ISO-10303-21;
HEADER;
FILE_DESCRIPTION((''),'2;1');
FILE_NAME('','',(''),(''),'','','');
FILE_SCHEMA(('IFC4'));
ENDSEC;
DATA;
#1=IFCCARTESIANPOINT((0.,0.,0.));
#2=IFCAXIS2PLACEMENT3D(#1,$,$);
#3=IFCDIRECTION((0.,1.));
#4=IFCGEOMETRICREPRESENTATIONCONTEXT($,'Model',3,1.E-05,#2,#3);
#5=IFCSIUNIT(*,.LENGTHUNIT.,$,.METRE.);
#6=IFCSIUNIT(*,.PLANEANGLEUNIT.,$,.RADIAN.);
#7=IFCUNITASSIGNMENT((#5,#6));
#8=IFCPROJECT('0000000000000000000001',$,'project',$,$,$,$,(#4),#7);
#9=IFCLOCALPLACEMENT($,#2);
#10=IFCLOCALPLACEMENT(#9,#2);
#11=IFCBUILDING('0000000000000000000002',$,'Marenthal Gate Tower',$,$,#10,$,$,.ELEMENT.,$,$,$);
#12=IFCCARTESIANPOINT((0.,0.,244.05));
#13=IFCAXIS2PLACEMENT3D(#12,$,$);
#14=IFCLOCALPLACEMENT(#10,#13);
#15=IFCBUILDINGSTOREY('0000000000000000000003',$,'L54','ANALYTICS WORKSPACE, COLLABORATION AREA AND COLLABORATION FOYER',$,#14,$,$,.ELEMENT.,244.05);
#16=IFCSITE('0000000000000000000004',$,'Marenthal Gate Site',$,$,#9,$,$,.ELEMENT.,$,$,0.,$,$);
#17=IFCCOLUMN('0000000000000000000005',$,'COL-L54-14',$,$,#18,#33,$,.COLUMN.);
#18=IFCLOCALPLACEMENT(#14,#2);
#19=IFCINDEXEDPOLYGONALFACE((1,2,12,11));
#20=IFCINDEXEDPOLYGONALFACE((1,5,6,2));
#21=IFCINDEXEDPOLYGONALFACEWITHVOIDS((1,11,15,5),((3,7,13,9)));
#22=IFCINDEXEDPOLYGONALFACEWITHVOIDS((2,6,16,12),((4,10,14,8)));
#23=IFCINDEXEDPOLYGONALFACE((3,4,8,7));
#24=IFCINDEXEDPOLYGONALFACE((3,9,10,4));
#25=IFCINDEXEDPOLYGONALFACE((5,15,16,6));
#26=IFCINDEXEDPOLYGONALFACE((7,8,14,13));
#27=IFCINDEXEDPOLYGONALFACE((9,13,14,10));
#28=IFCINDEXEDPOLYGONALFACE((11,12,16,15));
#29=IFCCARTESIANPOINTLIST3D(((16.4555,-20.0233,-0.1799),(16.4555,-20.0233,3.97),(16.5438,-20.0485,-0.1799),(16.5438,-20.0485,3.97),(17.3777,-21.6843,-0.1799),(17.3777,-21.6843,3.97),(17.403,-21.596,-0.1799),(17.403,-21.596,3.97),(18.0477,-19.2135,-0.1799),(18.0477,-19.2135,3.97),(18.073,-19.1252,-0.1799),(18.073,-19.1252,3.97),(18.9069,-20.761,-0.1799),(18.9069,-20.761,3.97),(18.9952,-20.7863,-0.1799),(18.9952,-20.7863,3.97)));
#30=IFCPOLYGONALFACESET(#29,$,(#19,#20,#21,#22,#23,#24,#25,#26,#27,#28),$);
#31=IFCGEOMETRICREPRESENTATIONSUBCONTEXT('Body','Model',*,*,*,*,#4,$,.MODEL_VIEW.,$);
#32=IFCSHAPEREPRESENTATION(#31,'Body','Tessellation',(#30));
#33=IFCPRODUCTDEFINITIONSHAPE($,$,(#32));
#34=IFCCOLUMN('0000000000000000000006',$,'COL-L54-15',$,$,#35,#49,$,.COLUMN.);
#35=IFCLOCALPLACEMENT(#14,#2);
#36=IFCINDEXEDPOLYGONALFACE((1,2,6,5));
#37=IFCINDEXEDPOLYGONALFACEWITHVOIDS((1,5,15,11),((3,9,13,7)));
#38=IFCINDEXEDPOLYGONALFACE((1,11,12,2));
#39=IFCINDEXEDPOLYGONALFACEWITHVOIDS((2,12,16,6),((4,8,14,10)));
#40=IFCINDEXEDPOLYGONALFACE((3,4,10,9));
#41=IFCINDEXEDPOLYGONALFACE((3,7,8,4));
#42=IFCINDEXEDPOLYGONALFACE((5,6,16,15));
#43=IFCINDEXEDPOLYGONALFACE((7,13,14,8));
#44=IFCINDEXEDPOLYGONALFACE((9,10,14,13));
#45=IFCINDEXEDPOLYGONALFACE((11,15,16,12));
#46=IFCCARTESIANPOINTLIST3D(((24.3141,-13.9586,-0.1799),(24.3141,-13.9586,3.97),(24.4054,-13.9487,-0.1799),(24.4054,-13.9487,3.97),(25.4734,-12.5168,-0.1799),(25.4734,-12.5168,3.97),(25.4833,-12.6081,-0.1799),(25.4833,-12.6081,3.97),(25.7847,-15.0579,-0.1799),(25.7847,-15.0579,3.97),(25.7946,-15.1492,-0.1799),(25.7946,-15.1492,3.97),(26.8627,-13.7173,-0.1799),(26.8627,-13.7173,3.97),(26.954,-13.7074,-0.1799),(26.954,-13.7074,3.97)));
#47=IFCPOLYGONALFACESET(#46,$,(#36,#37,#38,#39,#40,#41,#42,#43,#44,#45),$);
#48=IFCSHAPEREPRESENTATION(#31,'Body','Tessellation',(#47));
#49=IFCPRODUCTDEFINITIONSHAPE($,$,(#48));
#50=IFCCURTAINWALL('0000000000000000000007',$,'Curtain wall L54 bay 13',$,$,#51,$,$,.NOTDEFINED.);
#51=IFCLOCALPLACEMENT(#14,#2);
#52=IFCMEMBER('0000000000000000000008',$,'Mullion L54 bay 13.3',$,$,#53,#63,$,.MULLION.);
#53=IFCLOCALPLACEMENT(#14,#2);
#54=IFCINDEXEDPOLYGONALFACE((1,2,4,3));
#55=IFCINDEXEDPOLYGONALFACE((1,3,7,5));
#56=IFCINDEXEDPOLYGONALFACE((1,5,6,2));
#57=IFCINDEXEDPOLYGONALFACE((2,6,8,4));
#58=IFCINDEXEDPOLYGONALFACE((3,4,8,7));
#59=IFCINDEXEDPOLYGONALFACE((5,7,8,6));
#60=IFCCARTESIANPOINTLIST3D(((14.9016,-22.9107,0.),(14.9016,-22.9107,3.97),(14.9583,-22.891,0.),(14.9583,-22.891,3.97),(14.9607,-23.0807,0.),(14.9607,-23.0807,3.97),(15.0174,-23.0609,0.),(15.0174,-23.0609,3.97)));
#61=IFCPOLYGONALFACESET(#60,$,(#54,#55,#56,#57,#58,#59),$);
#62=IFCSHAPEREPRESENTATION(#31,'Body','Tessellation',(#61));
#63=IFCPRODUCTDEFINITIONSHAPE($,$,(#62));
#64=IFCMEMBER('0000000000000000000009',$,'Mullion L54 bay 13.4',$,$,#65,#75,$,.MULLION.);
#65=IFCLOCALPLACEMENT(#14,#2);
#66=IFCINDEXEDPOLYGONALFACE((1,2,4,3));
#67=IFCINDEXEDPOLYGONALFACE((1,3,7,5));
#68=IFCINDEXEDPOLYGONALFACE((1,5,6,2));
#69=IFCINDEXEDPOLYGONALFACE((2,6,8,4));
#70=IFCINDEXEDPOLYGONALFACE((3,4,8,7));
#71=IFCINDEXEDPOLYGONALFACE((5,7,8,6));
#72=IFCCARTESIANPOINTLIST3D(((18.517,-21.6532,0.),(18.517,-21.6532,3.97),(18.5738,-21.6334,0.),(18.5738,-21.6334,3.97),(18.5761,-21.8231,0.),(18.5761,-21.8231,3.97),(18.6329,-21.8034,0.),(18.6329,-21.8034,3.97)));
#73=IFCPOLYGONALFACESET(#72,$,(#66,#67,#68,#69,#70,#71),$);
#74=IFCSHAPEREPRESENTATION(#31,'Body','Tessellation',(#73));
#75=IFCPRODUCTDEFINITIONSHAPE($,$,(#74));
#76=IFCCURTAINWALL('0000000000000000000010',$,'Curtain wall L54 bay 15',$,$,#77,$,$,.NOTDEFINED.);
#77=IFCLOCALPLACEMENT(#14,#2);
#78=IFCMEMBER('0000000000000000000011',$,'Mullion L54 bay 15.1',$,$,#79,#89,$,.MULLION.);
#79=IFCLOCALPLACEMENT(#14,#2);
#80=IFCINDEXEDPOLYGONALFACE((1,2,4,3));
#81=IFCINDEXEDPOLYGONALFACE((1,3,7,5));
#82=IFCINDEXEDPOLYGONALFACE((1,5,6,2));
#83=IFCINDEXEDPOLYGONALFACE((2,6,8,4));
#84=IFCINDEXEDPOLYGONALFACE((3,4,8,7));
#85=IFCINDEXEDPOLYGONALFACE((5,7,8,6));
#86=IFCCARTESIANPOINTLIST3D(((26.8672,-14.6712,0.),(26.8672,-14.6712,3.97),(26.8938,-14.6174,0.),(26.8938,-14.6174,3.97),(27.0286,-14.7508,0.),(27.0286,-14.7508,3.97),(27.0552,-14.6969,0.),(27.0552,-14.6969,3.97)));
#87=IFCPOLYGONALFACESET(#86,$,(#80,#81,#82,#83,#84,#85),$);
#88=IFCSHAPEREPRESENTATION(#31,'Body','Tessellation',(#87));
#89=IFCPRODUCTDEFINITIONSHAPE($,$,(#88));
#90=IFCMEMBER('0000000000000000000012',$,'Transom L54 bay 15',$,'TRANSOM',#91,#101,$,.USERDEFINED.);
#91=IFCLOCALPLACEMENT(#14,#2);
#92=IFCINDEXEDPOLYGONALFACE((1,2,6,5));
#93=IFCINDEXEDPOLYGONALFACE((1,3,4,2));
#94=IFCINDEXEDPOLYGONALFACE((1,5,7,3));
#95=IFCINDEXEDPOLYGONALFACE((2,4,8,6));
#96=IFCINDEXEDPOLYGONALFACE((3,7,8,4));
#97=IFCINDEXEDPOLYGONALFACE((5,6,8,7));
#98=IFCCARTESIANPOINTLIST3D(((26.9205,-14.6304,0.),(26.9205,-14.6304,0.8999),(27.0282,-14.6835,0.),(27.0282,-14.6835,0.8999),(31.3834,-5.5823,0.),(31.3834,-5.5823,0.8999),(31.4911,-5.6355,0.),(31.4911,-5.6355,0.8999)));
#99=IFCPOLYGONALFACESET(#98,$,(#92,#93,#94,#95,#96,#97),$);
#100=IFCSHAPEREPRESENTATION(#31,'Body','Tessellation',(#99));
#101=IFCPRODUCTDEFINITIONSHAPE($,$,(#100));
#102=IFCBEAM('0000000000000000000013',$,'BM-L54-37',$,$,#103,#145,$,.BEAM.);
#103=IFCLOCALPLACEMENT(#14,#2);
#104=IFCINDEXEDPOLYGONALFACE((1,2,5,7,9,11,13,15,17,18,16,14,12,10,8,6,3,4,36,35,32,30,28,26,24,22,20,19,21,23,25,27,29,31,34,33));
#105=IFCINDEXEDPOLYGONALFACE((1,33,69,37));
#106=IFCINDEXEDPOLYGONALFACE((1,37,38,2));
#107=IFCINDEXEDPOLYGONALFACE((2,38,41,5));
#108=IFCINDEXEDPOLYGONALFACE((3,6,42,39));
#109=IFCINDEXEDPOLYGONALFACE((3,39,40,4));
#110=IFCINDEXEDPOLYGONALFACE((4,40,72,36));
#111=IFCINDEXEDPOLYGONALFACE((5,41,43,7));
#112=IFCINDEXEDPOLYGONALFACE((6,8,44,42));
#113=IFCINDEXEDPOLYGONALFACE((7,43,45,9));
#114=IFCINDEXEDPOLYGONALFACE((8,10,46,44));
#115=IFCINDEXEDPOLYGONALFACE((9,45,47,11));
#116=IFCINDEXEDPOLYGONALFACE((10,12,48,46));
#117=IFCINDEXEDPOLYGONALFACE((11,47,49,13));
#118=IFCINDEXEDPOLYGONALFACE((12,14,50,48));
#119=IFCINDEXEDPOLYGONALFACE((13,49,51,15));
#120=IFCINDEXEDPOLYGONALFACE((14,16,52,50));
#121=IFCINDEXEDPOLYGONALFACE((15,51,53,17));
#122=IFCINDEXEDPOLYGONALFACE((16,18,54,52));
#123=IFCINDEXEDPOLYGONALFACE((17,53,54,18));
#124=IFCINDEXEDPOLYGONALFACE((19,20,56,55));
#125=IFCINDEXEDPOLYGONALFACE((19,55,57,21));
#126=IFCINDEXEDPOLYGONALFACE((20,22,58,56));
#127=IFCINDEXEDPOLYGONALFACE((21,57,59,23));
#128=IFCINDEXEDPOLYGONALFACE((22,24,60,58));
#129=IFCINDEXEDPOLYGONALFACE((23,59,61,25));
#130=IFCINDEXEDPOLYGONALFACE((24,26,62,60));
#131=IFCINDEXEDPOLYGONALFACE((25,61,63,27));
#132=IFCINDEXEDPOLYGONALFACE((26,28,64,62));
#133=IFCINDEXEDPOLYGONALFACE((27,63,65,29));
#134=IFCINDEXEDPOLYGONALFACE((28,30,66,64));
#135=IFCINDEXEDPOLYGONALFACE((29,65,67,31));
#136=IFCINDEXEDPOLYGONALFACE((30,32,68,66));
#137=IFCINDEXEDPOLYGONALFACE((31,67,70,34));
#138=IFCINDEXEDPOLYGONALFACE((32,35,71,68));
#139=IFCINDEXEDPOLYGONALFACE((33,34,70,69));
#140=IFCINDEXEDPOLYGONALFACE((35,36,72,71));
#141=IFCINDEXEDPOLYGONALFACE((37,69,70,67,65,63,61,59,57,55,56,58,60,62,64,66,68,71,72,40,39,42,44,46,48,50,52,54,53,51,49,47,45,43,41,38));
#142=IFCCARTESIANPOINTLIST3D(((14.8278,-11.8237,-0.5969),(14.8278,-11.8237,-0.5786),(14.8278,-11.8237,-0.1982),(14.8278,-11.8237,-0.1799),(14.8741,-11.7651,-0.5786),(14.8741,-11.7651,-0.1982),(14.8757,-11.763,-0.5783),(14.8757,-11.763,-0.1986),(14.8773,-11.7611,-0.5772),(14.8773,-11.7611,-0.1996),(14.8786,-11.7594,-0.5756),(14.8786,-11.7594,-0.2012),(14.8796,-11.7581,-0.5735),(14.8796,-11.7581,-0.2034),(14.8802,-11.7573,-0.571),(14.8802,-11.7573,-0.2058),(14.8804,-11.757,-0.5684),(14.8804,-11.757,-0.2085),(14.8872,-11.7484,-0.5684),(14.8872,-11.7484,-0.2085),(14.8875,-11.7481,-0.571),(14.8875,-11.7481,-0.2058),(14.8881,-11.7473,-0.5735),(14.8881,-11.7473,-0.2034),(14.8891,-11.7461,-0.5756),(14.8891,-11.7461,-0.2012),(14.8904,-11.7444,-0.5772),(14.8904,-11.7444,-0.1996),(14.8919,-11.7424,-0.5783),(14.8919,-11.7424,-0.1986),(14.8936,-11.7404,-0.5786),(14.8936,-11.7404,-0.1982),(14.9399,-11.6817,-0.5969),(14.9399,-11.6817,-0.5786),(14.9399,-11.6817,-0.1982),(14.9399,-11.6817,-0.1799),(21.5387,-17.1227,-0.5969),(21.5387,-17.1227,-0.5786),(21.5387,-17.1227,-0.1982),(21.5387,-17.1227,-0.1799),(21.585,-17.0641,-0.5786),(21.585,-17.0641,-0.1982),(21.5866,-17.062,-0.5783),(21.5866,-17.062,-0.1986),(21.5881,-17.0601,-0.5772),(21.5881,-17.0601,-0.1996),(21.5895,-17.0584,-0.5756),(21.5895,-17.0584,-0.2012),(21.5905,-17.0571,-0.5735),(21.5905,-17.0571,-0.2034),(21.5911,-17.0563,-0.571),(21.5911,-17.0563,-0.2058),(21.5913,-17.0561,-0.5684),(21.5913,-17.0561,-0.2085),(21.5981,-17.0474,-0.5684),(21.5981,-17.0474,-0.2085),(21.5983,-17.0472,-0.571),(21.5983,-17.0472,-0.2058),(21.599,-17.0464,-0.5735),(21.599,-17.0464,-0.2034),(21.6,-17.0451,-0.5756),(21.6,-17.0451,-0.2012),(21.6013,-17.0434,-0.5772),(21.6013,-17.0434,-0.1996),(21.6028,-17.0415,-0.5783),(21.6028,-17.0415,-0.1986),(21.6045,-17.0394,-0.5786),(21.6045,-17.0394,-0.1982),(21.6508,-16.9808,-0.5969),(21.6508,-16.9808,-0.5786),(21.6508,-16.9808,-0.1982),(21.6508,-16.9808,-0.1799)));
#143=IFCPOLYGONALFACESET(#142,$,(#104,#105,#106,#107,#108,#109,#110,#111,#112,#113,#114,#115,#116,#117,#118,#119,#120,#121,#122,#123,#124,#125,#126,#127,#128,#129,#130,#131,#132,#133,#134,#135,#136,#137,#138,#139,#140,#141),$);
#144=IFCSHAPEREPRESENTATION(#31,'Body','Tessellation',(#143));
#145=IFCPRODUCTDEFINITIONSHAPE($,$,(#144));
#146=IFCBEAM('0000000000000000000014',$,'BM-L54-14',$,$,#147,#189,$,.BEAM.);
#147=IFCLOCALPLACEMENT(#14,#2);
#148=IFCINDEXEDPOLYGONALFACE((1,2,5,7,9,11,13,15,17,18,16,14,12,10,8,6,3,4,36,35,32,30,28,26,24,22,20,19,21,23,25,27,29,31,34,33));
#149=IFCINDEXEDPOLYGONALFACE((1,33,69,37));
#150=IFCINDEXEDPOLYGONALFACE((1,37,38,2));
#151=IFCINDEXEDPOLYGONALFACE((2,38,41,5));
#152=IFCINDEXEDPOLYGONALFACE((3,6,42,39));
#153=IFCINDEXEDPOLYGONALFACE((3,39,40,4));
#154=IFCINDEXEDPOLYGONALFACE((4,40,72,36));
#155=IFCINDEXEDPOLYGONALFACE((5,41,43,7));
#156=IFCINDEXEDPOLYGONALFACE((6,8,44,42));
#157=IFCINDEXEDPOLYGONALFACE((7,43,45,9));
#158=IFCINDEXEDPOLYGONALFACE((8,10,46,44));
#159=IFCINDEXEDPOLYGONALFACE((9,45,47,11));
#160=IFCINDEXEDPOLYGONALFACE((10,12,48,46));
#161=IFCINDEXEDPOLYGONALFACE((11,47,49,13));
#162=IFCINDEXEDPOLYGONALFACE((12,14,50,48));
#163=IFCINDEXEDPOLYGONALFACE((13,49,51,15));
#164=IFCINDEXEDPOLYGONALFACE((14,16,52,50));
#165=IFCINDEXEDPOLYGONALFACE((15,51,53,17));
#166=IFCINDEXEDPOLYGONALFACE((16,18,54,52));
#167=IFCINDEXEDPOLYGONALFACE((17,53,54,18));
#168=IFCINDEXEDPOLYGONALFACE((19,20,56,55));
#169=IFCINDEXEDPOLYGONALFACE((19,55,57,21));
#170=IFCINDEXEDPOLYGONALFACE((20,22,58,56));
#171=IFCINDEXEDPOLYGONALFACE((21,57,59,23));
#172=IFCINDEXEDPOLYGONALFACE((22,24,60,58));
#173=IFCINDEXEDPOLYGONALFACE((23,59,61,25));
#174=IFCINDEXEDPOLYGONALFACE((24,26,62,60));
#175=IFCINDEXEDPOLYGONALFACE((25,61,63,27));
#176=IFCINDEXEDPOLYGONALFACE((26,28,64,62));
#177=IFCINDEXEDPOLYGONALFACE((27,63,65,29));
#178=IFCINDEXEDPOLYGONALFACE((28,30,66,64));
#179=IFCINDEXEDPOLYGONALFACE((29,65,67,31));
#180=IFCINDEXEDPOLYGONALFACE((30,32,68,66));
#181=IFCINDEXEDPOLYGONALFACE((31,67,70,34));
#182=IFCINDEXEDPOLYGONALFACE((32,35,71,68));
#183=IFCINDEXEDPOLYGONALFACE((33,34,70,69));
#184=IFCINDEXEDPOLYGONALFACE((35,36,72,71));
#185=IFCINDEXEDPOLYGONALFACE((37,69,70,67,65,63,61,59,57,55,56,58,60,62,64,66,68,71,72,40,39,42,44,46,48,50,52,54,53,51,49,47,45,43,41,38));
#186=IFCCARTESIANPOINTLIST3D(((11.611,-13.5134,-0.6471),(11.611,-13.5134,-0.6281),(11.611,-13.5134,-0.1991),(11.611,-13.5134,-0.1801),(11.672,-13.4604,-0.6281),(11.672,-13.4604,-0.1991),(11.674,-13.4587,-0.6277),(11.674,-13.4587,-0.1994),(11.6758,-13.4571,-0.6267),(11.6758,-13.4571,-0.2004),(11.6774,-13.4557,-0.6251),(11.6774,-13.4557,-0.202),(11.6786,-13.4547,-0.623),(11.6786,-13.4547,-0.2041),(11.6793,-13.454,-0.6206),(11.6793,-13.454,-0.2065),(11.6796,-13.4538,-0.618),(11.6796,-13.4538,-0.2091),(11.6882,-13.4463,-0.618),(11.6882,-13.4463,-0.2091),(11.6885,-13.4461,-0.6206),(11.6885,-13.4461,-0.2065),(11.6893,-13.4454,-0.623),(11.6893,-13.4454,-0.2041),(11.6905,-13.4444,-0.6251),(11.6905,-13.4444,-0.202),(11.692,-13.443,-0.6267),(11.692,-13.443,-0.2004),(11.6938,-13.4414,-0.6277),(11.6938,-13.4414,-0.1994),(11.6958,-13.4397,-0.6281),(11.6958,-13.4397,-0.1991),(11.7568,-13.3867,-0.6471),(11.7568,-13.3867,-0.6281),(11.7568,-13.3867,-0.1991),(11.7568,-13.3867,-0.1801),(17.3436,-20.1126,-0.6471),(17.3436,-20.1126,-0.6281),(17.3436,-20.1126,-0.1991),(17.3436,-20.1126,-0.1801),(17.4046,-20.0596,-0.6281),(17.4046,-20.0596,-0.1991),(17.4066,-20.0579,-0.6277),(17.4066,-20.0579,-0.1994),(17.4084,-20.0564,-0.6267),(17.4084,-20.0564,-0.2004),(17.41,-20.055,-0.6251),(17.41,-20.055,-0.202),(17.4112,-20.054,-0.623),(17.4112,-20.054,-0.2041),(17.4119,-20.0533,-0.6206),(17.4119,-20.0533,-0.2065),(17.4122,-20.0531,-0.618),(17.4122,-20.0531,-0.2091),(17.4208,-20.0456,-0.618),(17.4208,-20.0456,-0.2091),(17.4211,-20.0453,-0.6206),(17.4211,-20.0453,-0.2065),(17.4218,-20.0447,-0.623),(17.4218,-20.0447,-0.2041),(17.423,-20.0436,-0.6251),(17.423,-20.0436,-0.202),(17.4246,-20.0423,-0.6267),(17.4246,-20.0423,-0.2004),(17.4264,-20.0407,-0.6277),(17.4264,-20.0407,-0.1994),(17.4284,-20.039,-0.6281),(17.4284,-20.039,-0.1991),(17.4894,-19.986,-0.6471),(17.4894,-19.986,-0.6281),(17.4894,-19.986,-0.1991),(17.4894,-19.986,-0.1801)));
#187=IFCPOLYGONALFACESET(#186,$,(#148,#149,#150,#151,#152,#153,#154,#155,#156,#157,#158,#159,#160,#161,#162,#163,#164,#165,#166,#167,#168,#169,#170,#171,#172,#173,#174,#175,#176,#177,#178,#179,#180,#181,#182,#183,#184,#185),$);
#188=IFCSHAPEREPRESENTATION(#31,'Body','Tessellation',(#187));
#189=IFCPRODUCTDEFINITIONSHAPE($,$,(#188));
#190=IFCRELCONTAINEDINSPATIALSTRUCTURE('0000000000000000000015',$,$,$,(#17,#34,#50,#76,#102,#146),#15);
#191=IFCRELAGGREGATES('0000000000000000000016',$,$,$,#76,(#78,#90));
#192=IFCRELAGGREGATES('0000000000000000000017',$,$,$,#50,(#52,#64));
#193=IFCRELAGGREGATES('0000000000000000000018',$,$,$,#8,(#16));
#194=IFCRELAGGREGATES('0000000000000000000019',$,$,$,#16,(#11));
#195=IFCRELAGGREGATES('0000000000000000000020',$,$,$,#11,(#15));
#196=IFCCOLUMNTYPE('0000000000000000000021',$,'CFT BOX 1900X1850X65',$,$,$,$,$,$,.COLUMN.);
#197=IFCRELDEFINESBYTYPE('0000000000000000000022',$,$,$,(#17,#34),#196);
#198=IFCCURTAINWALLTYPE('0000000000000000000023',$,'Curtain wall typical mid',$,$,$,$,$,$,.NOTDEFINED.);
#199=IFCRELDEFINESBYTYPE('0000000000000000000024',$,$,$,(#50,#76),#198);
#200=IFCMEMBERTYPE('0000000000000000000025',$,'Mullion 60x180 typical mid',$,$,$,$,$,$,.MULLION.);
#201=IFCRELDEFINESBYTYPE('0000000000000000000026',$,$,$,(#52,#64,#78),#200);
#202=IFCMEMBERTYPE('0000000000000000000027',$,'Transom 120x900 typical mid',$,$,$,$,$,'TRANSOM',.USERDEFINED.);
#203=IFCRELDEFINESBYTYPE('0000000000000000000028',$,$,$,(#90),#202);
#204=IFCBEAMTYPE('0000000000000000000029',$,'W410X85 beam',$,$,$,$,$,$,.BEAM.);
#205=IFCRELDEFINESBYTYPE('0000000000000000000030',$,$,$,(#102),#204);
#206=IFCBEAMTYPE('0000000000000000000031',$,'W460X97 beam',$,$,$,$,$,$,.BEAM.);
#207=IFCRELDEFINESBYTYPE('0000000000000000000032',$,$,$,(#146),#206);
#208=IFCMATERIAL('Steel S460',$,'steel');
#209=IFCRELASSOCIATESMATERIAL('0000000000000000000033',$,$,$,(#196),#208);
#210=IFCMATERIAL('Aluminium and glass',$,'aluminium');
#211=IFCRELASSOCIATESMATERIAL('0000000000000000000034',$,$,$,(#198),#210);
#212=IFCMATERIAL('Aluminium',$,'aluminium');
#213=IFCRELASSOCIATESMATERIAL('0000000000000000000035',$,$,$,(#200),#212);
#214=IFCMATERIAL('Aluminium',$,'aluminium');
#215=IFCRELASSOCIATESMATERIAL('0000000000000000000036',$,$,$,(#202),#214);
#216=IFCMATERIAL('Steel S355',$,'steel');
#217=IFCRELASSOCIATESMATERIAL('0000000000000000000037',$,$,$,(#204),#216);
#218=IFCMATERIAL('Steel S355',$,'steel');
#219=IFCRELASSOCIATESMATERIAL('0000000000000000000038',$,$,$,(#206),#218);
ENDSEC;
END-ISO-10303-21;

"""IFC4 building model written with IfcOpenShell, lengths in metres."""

from ifc_helpers import new_model, si_unit, direction, frame, origin, origin_2d, place, context, subcontext, project, spatial, rectangle, hollow_rectangle, i_section, extrude, material, material_profile, profile_set, type_object, element, aggregate, save


model = new_model("IFC4")

# Units and contexts
model_context = context("Model", 3, precision=1e-05, world=origin(), true_north=direction((0.0, 1.0)))
body_context = subcontext(model_context, "Body", "Model", "MODEL_VIEW")
ifc_project = project(units=[si_unit("LENGTHUNIT", "METRE"), si_unit("PLANEANGLEUNIT", "RADIAN")], contexts=[model_context])

# Site, building, storey
site_placement = place(None, origin())
site = spatial("IfcSite", under=ifc_project, at=site_placement, Name="Marenthal Gate Site", CompositionType="ELEMENT", RefElevation=0.0)
building_placement = place(site_placement, origin())
building = spatial("IfcBuilding", under=site, at=building_placement, Name="Marenthal Gate Tower", CompositionType="ELEMENT")
storey_placement = place(building_placement, frame((0.0, 0.0, 244.05)))
storey = spatial("IfcBuildingStorey", under=building, at=storey_placement, Name="L54", Description="ANALYTICS WORKSPACE, COLLABORATION AREA AND COLLABORATION FOYER", CompositionType="ELEMENT", Elevation=244.05)

# Columns
ifc_material_1 = material(Name="Steel S460", Category="steel")
ifc_material_profile_1 = material_profile(ifc_material_1, hollow_rectangle(XDim=1.8501, YDim=1.8999, WallThickness=0.0649, at=origin_2d()), Name="CFT BOX 1900X1850X65")
ifc_material_2 = material(Name="Concrete 70 MPa", Category="concrete")
ifc_material_profile_2 = material_profile(ifc_material_2, rectangle(XDim=1.72, YDim=1.77, at=origin_2d()), Name="CFT BOX 1900X1850X65 INFILL")
ifc_profile_set_1 = profile_set([ifc_material_profile_1, ifc_material_profile_2], Name="Steel S460 shell, Concrete 70 MPa infill")
column_type = type_object("IfcColumnType", Name="CFT BOX 1900X1850X65", PredefinedType="COLUMN", material=ifc_profile_set_1)
for number, where, z_axis, x_axis, name in (
    (1, (17.7253, -20.4048, -0.1799), (0.0, 0.0, 1.0), (-0.874282, -0.485419, 0.0), "COL-L54-14"),
    (2, (25.634, -13.833, -0.1799), (0.0, 0.0, 1.0), (-0.626651, -0.7793, 0.0), "COL-L54-15"),
):
    element("IfcColumn", number, at=place(storey_placement, frame(where, z_axis=z_axis, x_axis=x_axis)), inside=storey, type_object=column_type, Name=name, PredefinedType="COLUMN", context=body_context, shape_type="SweptSolid", body=[
        extrude(hollow_rectangle(XDim=1.8501, YDim=1.8999, WallThickness=0.0649, at=origin_2d()), origin(), (0.0, 0.0, 1.0), 4.1499),
    ])

# Curtain walls, members
ifc_material_3 = material(Name="Aluminium and glass", Category="aluminium")
curtain_wall_type = type_object("IfcCurtainWallType", Name="Curtain wall typical mid", PredefinedType="NOTDEFINED", material=ifc_material_3)
curtain_wall_1_placement = place(storey_placement, origin())
curtain_wall_1 = element("IfcCurtainWall", 3, at=curtain_wall_1_placement, inside=storey, type_object=curtain_wall_type, Name="Curtain wall L54 bay 13", PredefinedType="NOTDEFINED")
ifc_material_4 = material(Name="Aluminium", Category="aluminium")
ifc_material_profile_3 = material_profile(ifc_material_4, rectangle(XDim=0.1799, YDim=0.0601, at=origin_2d()), Name="60x180 aluminium mullion")
ifc_profile_set_2 = profile_set([ifc_material_profile_3], Name="Aluminium")
member_type_1 = type_object("IfcMemberType", Name="Mullion 60x180 typical mid", PredefinedType="MULLION", material=ifc_profile_set_2)
member_1_placement = place(storey_placement, frame((14.9595, -22.9858, 0.0), z_axis=(0.0, 0.0, 1.0), x_axis=(-0.32854, 0.94449, 0.0)))
member_1 = element("IfcMember", 4, at=member_1_placement, type_object=member_type_1, Name="Mullion L54 bay 13.3", PredefinedType="MULLION", context=body_context, shape_type="SweptSolid", body=[
    extrude(rectangle(XDim=0.1799, YDim=0.0601, at=origin_2d()), origin(), (0.0, 0.0, 1.0), 3.97),
])
member_2_placement = place(storey_placement, frame((18.575, -21.7283, 0.0), z_axis=(0.0, 0.0, 1.0), x_axis=(-0.32854, 0.94449, 0.0)))
member_2 = element("IfcMember", 5, at=member_2_placement, type_object=member_type_1, Name="Mullion L54 bay 13.4", PredefinedType="MULLION", context=body_context, shape_type="SweptSolid", body=[
    extrude(rectangle(XDim=0.1799, YDim=0.0601, at=origin_2d()), origin(), (0.0, 0.0, 1.0), 3.97),
])
curtain_wall_2_placement = place(storey_placement, origin())
curtain_wall_2 = element("IfcCurtainWall", 6, at=curtain_wall_2_placement, inside=storey, type_object=curtain_wall_type, Name="Curtain wall L54 bay 15", PredefinedType="NOTDEFINED")
member_3_placement = place(storey_placement, frame((26.9612, -14.6841, 0.0), z_axis=(0.0, 0.0, 1.0), x_axis=(-0.896835, 0.442364, 0.0)))
member_3 = element("IfcMember", 7, at=member_3_placement, type_object=member_type_1, Name="Mullion L54 bay 15.1", PredefinedType="MULLION", context=body_context, shape_type="SweptSolid", body=[
    extrude(rectangle(XDim=0.1799, YDim=0.0601, at=origin_2d()), origin(), (0.0, 0.0, 1.0), 3.97),
])
ifc_material_5 = material(Name="Aluminium", Category="aluminium")
ifc_material_profile_4 = material_profile(ifc_material_5, rectangle(XDim=0.1201, YDim=0.8999, at=origin_2d()), Name="120x900 aluminium transom")
ifc_profile_set_3 = profile_set([ifc_material_profile_4], Name="Aluminium")
member_type_2 = type_object("IfcMemberType", Name="Transom 120x900 typical mid", ElementType="TRANSOM", PredefinedType="USERDEFINED", material=ifc_profile_set_3)
member_4_placement = place(storey_placement, frame((26.9744, -14.657, 0.45), z_axis=(0.442358, 0.896839, 0.0), x_axis=(-0.896839, 0.442358, 0.0)))
member_4 = element("IfcMember", 8, at=member_4_placement, type_object=member_type_2, Name="Transom L54 bay 15", ObjectType="TRANSOM", PredefinedType="USERDEFINED", context=body_context, shape_type="SweptSolid", body=[
    extrude(rectangle(XDim=0.1201, YDim=0.8999, at=origin_2d()), origin(), (0.0, 0.0, 1.0), 10.0889),
])
aggregate(curtain_wall_2, [member_3, member_4])

# Beams
ifc_material_6 = material(Name="Steel S355", Category="steel")
ifc_material_profile_5 = material_profile(ifc_material_6, i_section(OverallWidth=0.1809, OverallDepth=0.417, WebThickness=0.011, FlangeThickness=0.0183, FilletRadius=0.0103, at=origin_2d()), Name="W410X85")
ifc_profile_set_4 = profile_set([ifc_material_profile_5], Name="Steel S355")
beam_type_1 = type_object("IfcBeamType", Name="W410X85 beam", PredefinedType="BEAM", material=ifc_profile_set_4)
beam_1_placement = place(storey_placement, frame((21.5947, -17.0518, -0.3884), z_axis=(-0.784828, 0.619714, 0.0), x_axis=(-0.619714, -0.784828, 0.0)))
element("IfcBeam", 9, at=beam_1_placement, inside=storey, type_object=beam_type_1, Name="BM-L54-37", PredefinedType="BEAM", context=body_context, shape_type="SweptSolid", body=[
    extrude(i_section(OverallWidth=0.1809, OverallDepth=0.417, WebThickness=0.011, FlangeThickness=0.0183, FilletRadius=0.0103, at=origin_2d()), origin(), (0.0, 0.0, 1.0), 8.5508),
])
ifc_material_7 = material(Name="Steel S355", Category="steel")
ifc_material_profile_6 = material_profile(ifc_material_7, i_section(OverallWidth=0.1931, OverallDepth=0.467, WebThickness=0.0115, FlangeThickness=0.019, FilletRadius=0.01, at=origin_2d()), Name="W460X97")
ifc_profile_set_5 = profile_set([ifc_material_profile_6], Name="Steel S355")
beam_type_2 = type_object("IfcBeamType", Name="W460X97 beam", PredefinedType="BEAM", material=ifc_profile_set_5)
beam_2_placement = place(storey_placement, frame((17.4165, -20.0493, -0.4136), z_axis=(-0.655793, 0.75494, 0.0), x_axis=(-0.75494, -0.655793, 0.0)))
element("IfcBeam", 10, at=beam_2_placement, inside=storey, type_object=beam_type_2, Name="BM-L54-14", PredefinedType="BEAM", context=body_context, shape_type="SweptSolid", body=[
    extrude(i_section(OverallWidth=0.1931, OverallDepth=0.467, WebThickness=0.0115, FlangeThickness=0.019, FilletRadius=0.01, at=origin_2d()), origin(), (0.0, 0.0, 1.0), 8.7415),
])

aggregate(curtain_wall_1, [member_1, member_2])

save(model, "model.ifc")
